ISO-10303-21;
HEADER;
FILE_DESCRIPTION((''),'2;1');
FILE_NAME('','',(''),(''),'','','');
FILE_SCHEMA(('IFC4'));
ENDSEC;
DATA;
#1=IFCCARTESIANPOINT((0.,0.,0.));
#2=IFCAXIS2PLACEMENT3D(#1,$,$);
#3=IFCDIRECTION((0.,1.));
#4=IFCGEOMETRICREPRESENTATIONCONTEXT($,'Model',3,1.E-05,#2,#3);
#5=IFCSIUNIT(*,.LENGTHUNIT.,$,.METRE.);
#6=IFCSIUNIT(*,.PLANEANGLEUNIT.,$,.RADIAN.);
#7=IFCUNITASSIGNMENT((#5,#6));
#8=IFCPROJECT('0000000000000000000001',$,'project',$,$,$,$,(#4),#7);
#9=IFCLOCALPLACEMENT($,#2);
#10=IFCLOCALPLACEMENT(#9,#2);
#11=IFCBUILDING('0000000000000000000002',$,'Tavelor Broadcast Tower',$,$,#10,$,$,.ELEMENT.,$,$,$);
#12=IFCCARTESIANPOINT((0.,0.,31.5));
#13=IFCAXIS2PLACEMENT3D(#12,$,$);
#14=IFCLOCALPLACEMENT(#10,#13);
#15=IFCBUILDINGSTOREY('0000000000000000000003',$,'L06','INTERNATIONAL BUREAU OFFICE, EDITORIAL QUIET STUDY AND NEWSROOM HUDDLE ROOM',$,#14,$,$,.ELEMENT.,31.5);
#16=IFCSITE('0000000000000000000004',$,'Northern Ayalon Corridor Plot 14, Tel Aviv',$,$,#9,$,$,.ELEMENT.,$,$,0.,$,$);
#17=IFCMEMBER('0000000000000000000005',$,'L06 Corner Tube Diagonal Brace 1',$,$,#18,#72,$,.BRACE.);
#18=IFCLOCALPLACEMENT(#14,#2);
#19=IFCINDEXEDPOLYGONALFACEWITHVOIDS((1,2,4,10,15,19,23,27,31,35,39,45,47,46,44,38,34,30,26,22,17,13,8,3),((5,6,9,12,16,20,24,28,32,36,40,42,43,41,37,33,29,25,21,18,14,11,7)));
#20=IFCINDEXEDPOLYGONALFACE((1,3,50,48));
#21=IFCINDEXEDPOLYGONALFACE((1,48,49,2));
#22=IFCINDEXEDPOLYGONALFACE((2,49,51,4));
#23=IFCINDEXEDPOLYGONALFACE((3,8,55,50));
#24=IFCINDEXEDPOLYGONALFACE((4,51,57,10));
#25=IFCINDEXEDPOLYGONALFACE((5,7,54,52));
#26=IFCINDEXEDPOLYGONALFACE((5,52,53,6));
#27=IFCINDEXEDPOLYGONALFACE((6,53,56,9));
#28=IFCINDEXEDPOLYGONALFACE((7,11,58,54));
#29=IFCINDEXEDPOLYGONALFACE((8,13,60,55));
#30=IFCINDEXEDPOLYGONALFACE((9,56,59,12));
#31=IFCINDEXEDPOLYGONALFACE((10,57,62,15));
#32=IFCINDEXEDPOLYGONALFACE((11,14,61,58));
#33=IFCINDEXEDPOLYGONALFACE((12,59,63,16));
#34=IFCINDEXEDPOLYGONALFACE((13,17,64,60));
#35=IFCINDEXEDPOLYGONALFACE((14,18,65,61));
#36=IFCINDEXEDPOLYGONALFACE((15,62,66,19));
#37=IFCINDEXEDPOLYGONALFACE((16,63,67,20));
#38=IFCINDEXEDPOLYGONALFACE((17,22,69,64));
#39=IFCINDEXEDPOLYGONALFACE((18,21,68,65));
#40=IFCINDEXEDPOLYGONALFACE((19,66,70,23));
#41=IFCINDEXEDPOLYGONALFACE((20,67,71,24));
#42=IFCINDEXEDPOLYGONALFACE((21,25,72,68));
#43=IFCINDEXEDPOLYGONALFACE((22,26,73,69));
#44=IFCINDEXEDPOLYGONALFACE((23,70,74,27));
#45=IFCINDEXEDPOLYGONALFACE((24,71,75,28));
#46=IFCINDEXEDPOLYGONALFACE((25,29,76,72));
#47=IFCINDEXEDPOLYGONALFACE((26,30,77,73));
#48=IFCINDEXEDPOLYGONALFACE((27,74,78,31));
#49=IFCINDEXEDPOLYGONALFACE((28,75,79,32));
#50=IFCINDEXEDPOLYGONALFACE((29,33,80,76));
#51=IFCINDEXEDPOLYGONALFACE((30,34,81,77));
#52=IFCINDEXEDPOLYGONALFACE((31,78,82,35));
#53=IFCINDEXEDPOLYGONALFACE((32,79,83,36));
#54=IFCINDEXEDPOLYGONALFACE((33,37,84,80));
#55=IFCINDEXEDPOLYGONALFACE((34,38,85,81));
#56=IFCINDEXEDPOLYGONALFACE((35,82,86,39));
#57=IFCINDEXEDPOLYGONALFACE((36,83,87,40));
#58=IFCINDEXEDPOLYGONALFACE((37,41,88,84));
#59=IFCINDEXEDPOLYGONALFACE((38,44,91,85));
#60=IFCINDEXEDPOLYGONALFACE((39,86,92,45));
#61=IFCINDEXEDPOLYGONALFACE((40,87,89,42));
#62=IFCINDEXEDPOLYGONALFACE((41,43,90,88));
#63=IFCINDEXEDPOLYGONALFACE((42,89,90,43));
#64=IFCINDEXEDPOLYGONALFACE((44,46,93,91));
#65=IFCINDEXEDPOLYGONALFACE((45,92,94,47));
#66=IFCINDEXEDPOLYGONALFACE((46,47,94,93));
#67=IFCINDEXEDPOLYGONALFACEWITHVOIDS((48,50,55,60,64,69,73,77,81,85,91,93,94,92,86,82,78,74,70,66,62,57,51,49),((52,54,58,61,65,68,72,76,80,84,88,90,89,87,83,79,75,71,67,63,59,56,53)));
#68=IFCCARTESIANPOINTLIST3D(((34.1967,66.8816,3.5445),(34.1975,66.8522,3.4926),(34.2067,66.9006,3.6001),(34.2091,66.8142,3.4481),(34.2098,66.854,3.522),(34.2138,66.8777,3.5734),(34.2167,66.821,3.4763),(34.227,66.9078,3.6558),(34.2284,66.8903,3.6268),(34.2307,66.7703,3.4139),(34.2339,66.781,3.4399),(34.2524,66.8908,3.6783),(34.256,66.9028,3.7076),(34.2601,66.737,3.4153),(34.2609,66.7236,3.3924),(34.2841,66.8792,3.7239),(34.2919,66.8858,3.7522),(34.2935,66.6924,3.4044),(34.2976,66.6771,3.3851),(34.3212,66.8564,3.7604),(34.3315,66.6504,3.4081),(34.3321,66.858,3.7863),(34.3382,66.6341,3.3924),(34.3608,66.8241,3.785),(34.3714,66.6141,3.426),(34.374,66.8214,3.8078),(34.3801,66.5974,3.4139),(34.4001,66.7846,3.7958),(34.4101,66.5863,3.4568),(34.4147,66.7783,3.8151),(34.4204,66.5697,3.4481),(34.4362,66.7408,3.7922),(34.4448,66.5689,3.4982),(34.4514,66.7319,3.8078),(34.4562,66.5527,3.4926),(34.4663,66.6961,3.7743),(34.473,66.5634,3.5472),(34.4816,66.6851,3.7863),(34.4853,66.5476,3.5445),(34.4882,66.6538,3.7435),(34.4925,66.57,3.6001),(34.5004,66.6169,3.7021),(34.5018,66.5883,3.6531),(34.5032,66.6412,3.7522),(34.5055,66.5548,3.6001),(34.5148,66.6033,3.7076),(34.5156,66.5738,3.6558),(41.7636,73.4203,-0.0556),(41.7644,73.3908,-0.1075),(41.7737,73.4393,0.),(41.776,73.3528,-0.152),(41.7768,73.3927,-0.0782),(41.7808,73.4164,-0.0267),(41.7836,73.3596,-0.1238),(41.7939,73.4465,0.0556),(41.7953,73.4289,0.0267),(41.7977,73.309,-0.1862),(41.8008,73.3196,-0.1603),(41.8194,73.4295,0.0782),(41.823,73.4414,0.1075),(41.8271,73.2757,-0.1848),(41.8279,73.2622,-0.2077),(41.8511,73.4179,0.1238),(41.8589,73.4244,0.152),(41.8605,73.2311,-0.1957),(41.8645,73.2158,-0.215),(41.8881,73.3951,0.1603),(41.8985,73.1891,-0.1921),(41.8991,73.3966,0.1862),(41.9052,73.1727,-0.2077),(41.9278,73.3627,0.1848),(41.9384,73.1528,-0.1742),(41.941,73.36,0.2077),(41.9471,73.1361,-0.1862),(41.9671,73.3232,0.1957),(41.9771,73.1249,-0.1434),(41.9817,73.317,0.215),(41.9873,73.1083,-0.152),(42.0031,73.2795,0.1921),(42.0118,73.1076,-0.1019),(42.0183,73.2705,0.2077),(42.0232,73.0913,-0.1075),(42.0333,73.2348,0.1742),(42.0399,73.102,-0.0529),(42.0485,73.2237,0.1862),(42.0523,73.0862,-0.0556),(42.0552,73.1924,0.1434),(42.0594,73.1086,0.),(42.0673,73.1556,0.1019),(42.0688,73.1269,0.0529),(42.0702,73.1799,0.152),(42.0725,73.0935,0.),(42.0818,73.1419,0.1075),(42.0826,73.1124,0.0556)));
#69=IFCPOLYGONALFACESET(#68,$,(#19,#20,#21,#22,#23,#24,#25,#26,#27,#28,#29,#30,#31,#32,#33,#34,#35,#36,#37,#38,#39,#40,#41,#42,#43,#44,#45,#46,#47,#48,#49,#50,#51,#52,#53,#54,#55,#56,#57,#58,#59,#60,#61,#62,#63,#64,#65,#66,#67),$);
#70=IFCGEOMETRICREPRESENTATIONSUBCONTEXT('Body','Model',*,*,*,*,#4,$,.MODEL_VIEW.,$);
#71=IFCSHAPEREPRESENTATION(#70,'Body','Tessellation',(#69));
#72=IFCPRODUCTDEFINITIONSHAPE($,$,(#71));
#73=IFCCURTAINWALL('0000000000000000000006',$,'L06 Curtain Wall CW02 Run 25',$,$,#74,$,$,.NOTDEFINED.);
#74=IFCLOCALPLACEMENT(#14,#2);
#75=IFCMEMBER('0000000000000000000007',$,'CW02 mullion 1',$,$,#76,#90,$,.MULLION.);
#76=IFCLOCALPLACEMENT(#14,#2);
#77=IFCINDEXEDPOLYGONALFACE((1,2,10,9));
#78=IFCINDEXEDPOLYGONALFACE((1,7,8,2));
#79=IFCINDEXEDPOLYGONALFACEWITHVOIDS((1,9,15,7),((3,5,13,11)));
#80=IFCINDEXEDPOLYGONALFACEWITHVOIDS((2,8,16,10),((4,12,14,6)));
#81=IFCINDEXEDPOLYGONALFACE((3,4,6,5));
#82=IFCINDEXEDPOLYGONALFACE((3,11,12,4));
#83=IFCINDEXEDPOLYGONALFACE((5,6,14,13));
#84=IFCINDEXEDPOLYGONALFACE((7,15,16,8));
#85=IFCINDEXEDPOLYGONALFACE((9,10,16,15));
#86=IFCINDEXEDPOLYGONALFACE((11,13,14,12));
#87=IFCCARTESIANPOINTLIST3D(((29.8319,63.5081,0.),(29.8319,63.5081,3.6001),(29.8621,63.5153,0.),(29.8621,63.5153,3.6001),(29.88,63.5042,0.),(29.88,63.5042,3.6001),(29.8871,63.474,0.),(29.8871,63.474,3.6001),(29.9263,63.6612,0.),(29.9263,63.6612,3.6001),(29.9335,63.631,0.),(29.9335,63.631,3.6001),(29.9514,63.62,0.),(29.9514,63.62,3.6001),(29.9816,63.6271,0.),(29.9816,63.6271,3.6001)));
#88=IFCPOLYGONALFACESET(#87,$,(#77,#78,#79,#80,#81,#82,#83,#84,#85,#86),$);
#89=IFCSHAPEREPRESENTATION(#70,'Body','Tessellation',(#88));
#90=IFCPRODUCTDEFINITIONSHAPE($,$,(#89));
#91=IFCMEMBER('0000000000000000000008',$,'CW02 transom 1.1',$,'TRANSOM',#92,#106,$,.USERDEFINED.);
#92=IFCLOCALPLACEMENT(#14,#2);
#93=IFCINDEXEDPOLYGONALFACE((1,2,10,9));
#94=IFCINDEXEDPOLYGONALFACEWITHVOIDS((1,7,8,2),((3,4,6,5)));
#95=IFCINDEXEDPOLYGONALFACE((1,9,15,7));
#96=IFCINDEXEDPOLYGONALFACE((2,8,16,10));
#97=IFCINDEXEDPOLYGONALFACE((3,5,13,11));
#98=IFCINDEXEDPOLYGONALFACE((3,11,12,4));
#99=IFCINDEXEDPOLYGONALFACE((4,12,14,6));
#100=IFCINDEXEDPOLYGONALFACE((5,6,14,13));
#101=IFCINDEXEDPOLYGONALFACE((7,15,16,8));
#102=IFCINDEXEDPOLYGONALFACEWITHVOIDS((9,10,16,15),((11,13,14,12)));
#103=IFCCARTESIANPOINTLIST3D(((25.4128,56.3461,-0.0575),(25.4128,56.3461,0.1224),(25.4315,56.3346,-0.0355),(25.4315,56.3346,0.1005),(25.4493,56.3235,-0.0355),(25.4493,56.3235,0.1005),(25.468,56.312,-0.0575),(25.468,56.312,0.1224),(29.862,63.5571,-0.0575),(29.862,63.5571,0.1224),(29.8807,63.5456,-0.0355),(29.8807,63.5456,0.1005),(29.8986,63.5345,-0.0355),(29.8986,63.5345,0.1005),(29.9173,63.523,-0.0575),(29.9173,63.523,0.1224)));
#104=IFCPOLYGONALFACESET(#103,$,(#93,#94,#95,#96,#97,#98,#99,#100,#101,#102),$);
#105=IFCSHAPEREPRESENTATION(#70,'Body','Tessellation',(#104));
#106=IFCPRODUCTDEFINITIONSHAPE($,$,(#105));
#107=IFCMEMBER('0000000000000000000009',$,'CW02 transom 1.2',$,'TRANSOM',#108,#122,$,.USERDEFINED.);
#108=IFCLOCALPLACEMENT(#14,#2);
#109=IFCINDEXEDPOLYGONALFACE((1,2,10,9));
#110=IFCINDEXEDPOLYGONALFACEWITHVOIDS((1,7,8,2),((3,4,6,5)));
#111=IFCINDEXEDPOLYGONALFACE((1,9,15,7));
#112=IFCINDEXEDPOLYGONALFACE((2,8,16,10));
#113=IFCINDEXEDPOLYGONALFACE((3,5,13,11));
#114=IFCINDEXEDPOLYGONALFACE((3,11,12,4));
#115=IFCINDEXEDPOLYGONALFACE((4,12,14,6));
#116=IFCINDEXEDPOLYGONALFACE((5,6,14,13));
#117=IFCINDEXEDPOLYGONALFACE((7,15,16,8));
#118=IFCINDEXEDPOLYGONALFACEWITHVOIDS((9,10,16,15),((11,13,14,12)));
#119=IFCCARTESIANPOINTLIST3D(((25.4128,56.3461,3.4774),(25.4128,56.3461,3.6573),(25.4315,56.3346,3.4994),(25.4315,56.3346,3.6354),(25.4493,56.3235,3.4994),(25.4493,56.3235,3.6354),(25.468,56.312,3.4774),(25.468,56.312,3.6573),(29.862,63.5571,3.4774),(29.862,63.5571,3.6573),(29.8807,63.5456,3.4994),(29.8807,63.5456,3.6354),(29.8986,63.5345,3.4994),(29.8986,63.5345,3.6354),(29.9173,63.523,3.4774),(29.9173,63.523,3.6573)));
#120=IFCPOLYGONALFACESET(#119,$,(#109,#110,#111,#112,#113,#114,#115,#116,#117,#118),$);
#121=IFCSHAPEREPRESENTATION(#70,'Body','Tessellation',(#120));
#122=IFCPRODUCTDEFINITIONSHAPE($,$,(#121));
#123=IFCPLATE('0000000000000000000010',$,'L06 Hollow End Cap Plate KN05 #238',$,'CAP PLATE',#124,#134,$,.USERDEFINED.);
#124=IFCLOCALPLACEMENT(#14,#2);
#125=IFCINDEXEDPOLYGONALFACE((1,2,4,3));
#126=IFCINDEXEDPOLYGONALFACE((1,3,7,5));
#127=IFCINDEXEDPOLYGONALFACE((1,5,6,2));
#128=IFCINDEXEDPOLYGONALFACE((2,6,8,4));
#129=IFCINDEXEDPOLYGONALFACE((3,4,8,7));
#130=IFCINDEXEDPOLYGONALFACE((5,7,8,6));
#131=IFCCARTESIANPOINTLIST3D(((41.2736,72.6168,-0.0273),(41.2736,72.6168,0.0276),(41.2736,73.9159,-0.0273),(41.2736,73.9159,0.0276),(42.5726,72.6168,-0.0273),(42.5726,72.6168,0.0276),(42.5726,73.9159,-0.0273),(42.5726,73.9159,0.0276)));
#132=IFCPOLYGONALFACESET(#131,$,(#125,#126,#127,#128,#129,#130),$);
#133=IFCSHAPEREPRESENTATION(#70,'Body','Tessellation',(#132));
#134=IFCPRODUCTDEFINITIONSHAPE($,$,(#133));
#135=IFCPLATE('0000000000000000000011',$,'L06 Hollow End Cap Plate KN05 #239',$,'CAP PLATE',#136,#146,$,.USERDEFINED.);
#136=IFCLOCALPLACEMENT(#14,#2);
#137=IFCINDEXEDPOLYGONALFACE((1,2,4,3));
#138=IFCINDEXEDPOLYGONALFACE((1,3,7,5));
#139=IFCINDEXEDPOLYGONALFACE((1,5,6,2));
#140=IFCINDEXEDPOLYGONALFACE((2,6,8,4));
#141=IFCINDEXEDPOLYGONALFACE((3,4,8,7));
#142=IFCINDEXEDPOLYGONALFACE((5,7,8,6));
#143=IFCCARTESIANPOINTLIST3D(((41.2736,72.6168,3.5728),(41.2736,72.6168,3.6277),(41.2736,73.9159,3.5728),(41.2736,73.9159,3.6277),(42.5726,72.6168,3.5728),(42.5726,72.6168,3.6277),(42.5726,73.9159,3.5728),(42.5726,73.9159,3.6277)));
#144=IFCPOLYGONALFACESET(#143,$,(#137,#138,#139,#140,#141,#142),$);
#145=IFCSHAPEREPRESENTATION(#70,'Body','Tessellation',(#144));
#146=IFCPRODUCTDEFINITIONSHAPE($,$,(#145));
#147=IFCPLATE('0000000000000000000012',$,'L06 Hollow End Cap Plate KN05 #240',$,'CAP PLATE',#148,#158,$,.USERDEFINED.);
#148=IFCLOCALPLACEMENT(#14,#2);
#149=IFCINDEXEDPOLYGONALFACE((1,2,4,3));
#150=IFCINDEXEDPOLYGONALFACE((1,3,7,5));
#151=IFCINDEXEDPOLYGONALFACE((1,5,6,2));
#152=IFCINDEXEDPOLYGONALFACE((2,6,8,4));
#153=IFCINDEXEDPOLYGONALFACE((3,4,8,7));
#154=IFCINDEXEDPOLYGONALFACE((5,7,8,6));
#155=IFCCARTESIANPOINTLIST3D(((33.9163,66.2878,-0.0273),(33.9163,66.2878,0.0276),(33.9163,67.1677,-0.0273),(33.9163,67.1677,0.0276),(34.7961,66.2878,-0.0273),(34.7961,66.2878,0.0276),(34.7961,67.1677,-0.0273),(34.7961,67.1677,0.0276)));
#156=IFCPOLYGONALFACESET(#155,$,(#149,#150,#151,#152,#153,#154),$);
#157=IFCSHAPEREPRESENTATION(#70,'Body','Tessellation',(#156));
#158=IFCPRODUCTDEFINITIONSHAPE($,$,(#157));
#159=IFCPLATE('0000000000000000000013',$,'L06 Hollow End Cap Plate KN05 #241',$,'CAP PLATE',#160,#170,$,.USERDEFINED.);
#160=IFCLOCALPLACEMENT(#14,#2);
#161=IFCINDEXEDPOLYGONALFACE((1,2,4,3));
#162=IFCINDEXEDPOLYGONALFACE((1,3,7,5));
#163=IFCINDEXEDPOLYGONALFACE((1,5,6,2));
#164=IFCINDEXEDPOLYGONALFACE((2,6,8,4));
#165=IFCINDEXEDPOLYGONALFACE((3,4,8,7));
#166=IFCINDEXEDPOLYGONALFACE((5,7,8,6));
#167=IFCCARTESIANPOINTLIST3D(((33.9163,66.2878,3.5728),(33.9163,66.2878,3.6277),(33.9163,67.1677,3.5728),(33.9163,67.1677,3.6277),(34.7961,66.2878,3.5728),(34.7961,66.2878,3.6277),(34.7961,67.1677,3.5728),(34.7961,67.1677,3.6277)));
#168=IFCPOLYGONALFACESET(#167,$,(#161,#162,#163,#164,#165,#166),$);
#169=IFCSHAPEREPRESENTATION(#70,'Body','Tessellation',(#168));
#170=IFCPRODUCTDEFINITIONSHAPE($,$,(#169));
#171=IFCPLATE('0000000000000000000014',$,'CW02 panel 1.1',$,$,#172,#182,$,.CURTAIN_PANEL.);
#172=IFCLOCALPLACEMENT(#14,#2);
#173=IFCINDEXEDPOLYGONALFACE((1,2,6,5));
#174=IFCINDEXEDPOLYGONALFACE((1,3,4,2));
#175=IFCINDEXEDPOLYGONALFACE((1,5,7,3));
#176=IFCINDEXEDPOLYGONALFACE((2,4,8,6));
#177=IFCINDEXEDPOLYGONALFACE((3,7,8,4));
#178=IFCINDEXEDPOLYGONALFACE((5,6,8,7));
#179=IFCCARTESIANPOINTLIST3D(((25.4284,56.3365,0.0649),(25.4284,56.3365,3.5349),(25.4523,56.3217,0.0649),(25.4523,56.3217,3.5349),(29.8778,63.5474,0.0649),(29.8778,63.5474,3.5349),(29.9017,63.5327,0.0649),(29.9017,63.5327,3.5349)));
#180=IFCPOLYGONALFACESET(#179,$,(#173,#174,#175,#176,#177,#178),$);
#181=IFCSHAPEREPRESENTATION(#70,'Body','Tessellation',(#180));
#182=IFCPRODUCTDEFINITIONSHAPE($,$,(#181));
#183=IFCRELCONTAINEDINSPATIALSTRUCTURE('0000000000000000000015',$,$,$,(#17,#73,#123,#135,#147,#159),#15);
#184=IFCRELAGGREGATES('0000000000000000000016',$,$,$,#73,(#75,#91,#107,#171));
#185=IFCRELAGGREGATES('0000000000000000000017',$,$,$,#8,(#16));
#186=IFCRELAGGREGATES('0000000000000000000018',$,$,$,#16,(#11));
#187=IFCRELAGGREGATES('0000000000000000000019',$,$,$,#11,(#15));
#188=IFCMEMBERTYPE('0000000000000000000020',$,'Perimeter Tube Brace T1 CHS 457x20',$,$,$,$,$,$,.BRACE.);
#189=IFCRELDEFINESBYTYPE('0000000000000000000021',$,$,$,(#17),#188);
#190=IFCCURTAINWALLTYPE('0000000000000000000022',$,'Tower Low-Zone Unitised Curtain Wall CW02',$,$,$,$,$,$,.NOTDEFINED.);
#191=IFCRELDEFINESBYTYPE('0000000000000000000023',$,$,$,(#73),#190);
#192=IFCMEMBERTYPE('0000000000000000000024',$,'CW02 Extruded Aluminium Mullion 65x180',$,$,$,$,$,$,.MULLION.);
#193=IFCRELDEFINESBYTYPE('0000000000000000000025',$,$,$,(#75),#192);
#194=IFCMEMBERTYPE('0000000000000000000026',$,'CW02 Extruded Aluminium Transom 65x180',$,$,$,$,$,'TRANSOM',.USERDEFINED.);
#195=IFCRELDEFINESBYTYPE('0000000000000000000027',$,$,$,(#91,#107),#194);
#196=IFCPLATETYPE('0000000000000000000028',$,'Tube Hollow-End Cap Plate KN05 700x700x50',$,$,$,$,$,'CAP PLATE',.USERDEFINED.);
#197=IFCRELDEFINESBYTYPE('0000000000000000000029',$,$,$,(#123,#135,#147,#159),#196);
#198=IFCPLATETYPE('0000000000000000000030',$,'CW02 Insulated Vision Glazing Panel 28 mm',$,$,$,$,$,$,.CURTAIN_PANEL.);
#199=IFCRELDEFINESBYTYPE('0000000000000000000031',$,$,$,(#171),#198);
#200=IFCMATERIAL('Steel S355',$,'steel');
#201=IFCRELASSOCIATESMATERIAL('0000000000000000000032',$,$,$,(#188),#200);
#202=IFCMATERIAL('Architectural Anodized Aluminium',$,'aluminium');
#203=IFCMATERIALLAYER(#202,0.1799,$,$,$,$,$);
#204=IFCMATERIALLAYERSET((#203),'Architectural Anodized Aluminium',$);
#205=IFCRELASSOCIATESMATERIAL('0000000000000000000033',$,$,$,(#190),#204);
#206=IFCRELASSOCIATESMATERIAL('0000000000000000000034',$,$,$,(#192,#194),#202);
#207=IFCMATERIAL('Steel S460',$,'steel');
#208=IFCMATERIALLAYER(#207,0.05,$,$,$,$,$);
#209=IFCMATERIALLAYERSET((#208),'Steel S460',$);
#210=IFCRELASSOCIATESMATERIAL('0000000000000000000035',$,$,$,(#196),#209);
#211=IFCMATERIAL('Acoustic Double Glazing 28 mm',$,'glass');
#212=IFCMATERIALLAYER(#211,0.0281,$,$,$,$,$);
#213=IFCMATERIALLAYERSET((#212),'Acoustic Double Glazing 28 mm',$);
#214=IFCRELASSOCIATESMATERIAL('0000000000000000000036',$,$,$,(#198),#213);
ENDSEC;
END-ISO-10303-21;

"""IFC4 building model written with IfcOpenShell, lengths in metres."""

from ifc_helpers import new_model, si_unit, direction, frame, origin, origin_2d, place, context, subcontext, project, spatial, rectangle, hollow_rectangle, hollow_circle, extrude, source, transform, mapped, material, layer, layer_set, material_profile, profile_set, type_object, type_shapes, element, aggregate, save


model = new_model("IFC4")

# Units and contexts
model_context = context("Model", 3, precision=1e-05, world=origin(), true_north=direction((0.0, 1.0)))
body_context = subcontext(model_context, "Body", "Model", "MODEL_VIEW")
ifc_project = project(units=[si_unit("LENGTHUNIT", "METRE"), si_unit("PLANEANGLEUNIT", "RADIAN")], contexts=[model_context])

# Site, building, storey
site_placement = place(None, origin())
site = spatial("IfcSite", under=ifc_project, at=site_placement, Name="Northern Ayalon Corridor Plot 14, Tel Aviv", CompositionType="ELEMENT", RefElevation=0.0)
building_placement = place(site_placement, origin())
building = spatial("IfcBuilding", under=site, at=building_placement, Name="Tavelor Broadcast Tower", CompositionType="ELEMENT")
storey_placement = place(building_placement, frame((0.0, 0.0, 31.5)))
storey = spatial("IfcBuildingStorey", under=building, at=storey_placement, Name="L06", Description="INTERNATIONAL BUREAU OFFICE, EDITORIAL QUIET STUDY AND NEWSROOM HUDDLE ROOM", CompositionType="ELEMENT", Elevation=31.5)

# Shared definitions
ifc_material_1 = material(Name="Steel S460", Category="steel")

# Shared definitions
ifc_material_2 = material(Name="Steel S355", Category="steel")

# Member
ifc_material_profile_1 = material_profile(ifc_material_2, hollow_circle(Radius=0.2285, WallThickness=0.02, at=origin_2d()), Name="CHS 457x20")
ifc_profile_set_1 = profile_set([ifc_material_profile_1], Name="Steel S355")
member_type_1 = type_object("IfcMemberType", Name="Perimeter Tube Brace T1 CHS 457x20", PredefinedType="BRACE", material=ifc_profile_set_1)
member_1_placement = place(storey_placement, frame((41.9231, 73.2664, 0.0), z_axis=(-0.711923, -0.615175, 0.338711), x_axis=(0.653822, -0.756648, 0.0)))
element("IfcMember", 1, at=member_1_placement, inside=storey, type_object=member_type_1, Name="L06 Corner Tube Diagonal Brace 1", PredefinedType="BRACE", context=body_context, shape_type="SweptSolid", body=[
    extrude(hollow_circle(Radius=0.2285, WallThickness=0.02, at=origin_2d()), origin(), (0.0, 0.0, 1.0), 10.6289),
])

# Curtain wall, members
ifc_material_3 = material(Name="Architectural Anodized Aluminium", Category="aluminium")
ifc_layer_1 = layer(ifc_material_3, 0.1799)
ifc_layer_set_1 = layer_set([ifc_layer_1], Name="Architectural Anodized Aluminium")
curtain_wall_type = type_object("IfcCurtainWallType", Name="Tower Low-Zone Unitised Curtain Wall CW02", PredefinedType="NOTDEFINED", material=ifc_layer_set_1)
curtain_wall_placement = place(storey_placement, origin())
curtain_wall = element("IfcCurtainWall", 2, at=curtain_wall_placement, inside=storey, type_object=curtain_wall_type, Name="L06 Curtain Wall CW02 Run 25", PredefinedType="NOTDEFINED")
ifc_material_profile_2 = material_profile(ifc_material_3, hollow_rectangle(XDim=0.0649, YDim=0.1799, WallThickness=0.022, at=origin_2d()), Name="RHS 65x180x22")
ifc_profile_set_2 = profile_set([ifc_material_profile_2], Name="Architectural Anodized Aluminium")
member_type_2 = type_object("IfcMemberType", Name="CW02 Extruded Aluminium Mullion 65x180", PredefinedType="MULLION", material=ifc_profile_set_2)
shared_shape_1 = source(origin(), body_context, "Body", "SweptSolid", [
    extrude(hollow_rectangle(XDim=0.0649, YDim=0.1799, WallThickness=0.022, at=origin_2d()), origin(), (0.0, 0.0, 1.0), 3.6001),
])
type_shapes(member_type_2, [shared_shape_1])
member_2_placement = place(storey_placement, frame((29.9067, 63.5676, 0.0), z_axis=(0.0, 0.0, 1.0), x_axis=(0.851032, -0.525114, 0.0)))
member_2 = element("IfcMember", 3, at=member_2_placement, type_object=member_type_2, Name="CW02 mullion 1", PredefinedType="MULLION", context=body_context, shape_type="MappedRepresentation", body=[
    mapped(shared_shape_1, transform((0.0, 0.0, 0.0), scale=1.0)),
])
ifc_material_profile_3 = material_profile(ifc_material_3, hollow_rectangle(XDim=0.0649, YDim=0.1799, WallThickness=0.022, at=origin_2d()), Name="RHS 65x180x22")
ifc_profile_set_3 = profile_set([ifc_material_profile_3], Name="Architectural Anodized Aluminium")
member_type_3 = type_object("IfcMemberType", Name="CW02 Extruded Aluminium Transom 65x180", ElementType="TRANSOM", PredefinedType="USERDEFINED", material=ifc_profile_set_3)
shared_shape_2 = source(origin(), body_context, "Body", "SweptSolid", [
    extrude(hollow_rectangle(XDim=0.0649, YDim=0.1799, WallThickness=0.022, at=origin_2d()), origin(), (0.0, 0.0, 1.0), 8.4731),
])
type_shapes(member_type_3, [shared_shape_2])
member_3_placement = place(storey_placement, frame((29.8896, 63.54, 0.0325), z_axis=(-0.5251, -0.85104, 0.0), x_axis=(0.85104, -0.5251, 0.0)))
member_3 = element("IfcMember", 4, at=member_3_placement, type_object=member_type_3, Name="CW02 transom 1.1", ObjectType="TRANSOM", PredefinedType="USERDEFINED", context=body_context, shape_type="MappedRepresentation", body=[
    mapped(shared_shape_2, transform((0.0, 0.0, 0.0), scale=1.0)),
])
member_4_placement = place(storey_placement, frame((29.8896, 63.54, 3.5674), z_axis=(-0.5251, -0.85104, 0.0), x_axis=(0.85104, -0.5251, 0.0)))
member_4 = element("IfcMember", 5, at=member_4_placement, type_object=member_type_3, Name="CW02 transom 1.2", ObjectType="TRANSOM", PredefinedType="USERDEFINED", context=body_context, shape_type="MappedRepresentation", body=[
    mapped(shared_shape_2, transform((0.0, 0.0, 0.0), scale=1.0)),
])

# Plates
ifc_layer_2 = layer(ifc_material_1, 0.05)
ifc_layer_set_2 = layer_set([ifc_layer_2], Name="Steel S460")
plate_type_1 = type_object("IfcPlateType", Name="Tube Hollow-End Cap Plate KN05 700x700x50", ElementType="CAP PLATE", PredefinedType="USERDEFINED", material=ifc_layer_set_2)
shared_shape_3 = source(origin(), body_context, "Body", "SweptSolid", [
    extrude(rectangle(XDim=1.2991, YDim=1.2991, at=origin_2d()), origin(), (0.0, 0.0, 1.0), 0.0549),
])
for number, where, z_axis, x_axis, name in (
    (6, (41.9231, 73.2664, -0.0273), (0.0, 0.0, 1.0), (1.0, 0.0, 0.0), "L06 Hollow End Cap Plate KN05 #238"),
    (7, (41.9231, 73.2664, 3.5728), (0.0, 0.0, 1.0), (1.0, 0.0, 0.0), "L06 Hollow End Cap Plate KN05 #239"),
):
    element("IfcPlate", number, at=place(storey_placement, frame(where, z_axis=z_axis, x_axis=x_axis)), inside=storey, type_object=plate_type_1, Name=name, ObjectType="CAP PLATE", PredefinedType="USERDEFINED", context=body_context, shape_type="MappedRepresentation", body=[
        mapped(shared_shape_3, transform((0.0, 0.0, 0.0), scale=1.0)),
    ])
shared_shape_4 = source(origin(), body_context, "Body", "SweptSolid", [
    extrude(rectangle(XDim=0.8799, YDim=0.8799, at=origin_2d()), origin(), (0.0, 0.0, 1.0), 0.0549),
])
type_shapes(plate_type_1, [shared_shape_3, shared_shape_4])
for number, where, z_axis, x_axis, name in (
    (8, (34.3562, 66.7278, -0.0273), (0.0, 0.0, 1.0), (1.0, 0.0, 0.0), "L06 Hollow End Cap Plate KN05 #240"),
    (9, (34.3562, 66.7278, 3.5728), (0.0, 0.0, 1.0), (1.0, 0.0, 0.0), "L06 Hollow End Cap Plate KN05 #241"),
):
    element("IfcPlate", number, at=place(storey_placement, frame(where, z_axis=z_axis, x_axis=x_axis)), inside=storey, type_object=plate_type_1, Name=name, ObjectType="CAP PLATE", PredefinedType="USERDEFINED", context=body_context, shape_type="MappedRepresentation", body=[
        mapped(shared_shape_4, transform((0.0, 0.0, 0.0), scale=1.0)),
    ])

# Plate
ifc_material_4 = material(Name="Acoustic Double Glazing 28 mm", Category="glass")
ifc_layer_3 = layer(ifc_material_4, 0.0281)
ifc_layer_set_3 = layer_set([ifc_layer_3], Name="Acoustic Double Glazing 28 mm")
plate_type_2 = type_object("IfcPlateType", Name="CW02 Insulated Vision Glazing Panel 28 mm", PredefinedType="CURTAIN_PANEL", material=ifc_layer_set_3)
shared_shape_5 = source(origin(), body_context, "Body", "SweptSolid", [
    extrude(rectangle(XDim=8.4731, YDim=0.0281, at=origin_2d()), origin(), (0.0, 0.0, 1.0), 3.47),
])
type_shapes(plate_type_2, [shared_shape_5])
plate_placement = place(storey_placement, frame((27.665, 59.9346, 0.0649), z_axis=(0.0, 0.0, 1.0), x_axis=(-0.525114, -0.851032, 0.0)))
plate = element("IfcPlate", 10, at=plate_placement, type_object=plate_type_2, Name="CW02 panel 1.1", PredefinedType="CURTAIN_PANEL", context=body_context, shape_type="MappedRepresentation", body=[
    mapped(shared_shape_5, transform((0.0, 0.0, 0.0), scale=1.0)),
])
aggregate(curtain_wall, [member_2, member_3, member_4, plate])

save(model, "model.ifc")
